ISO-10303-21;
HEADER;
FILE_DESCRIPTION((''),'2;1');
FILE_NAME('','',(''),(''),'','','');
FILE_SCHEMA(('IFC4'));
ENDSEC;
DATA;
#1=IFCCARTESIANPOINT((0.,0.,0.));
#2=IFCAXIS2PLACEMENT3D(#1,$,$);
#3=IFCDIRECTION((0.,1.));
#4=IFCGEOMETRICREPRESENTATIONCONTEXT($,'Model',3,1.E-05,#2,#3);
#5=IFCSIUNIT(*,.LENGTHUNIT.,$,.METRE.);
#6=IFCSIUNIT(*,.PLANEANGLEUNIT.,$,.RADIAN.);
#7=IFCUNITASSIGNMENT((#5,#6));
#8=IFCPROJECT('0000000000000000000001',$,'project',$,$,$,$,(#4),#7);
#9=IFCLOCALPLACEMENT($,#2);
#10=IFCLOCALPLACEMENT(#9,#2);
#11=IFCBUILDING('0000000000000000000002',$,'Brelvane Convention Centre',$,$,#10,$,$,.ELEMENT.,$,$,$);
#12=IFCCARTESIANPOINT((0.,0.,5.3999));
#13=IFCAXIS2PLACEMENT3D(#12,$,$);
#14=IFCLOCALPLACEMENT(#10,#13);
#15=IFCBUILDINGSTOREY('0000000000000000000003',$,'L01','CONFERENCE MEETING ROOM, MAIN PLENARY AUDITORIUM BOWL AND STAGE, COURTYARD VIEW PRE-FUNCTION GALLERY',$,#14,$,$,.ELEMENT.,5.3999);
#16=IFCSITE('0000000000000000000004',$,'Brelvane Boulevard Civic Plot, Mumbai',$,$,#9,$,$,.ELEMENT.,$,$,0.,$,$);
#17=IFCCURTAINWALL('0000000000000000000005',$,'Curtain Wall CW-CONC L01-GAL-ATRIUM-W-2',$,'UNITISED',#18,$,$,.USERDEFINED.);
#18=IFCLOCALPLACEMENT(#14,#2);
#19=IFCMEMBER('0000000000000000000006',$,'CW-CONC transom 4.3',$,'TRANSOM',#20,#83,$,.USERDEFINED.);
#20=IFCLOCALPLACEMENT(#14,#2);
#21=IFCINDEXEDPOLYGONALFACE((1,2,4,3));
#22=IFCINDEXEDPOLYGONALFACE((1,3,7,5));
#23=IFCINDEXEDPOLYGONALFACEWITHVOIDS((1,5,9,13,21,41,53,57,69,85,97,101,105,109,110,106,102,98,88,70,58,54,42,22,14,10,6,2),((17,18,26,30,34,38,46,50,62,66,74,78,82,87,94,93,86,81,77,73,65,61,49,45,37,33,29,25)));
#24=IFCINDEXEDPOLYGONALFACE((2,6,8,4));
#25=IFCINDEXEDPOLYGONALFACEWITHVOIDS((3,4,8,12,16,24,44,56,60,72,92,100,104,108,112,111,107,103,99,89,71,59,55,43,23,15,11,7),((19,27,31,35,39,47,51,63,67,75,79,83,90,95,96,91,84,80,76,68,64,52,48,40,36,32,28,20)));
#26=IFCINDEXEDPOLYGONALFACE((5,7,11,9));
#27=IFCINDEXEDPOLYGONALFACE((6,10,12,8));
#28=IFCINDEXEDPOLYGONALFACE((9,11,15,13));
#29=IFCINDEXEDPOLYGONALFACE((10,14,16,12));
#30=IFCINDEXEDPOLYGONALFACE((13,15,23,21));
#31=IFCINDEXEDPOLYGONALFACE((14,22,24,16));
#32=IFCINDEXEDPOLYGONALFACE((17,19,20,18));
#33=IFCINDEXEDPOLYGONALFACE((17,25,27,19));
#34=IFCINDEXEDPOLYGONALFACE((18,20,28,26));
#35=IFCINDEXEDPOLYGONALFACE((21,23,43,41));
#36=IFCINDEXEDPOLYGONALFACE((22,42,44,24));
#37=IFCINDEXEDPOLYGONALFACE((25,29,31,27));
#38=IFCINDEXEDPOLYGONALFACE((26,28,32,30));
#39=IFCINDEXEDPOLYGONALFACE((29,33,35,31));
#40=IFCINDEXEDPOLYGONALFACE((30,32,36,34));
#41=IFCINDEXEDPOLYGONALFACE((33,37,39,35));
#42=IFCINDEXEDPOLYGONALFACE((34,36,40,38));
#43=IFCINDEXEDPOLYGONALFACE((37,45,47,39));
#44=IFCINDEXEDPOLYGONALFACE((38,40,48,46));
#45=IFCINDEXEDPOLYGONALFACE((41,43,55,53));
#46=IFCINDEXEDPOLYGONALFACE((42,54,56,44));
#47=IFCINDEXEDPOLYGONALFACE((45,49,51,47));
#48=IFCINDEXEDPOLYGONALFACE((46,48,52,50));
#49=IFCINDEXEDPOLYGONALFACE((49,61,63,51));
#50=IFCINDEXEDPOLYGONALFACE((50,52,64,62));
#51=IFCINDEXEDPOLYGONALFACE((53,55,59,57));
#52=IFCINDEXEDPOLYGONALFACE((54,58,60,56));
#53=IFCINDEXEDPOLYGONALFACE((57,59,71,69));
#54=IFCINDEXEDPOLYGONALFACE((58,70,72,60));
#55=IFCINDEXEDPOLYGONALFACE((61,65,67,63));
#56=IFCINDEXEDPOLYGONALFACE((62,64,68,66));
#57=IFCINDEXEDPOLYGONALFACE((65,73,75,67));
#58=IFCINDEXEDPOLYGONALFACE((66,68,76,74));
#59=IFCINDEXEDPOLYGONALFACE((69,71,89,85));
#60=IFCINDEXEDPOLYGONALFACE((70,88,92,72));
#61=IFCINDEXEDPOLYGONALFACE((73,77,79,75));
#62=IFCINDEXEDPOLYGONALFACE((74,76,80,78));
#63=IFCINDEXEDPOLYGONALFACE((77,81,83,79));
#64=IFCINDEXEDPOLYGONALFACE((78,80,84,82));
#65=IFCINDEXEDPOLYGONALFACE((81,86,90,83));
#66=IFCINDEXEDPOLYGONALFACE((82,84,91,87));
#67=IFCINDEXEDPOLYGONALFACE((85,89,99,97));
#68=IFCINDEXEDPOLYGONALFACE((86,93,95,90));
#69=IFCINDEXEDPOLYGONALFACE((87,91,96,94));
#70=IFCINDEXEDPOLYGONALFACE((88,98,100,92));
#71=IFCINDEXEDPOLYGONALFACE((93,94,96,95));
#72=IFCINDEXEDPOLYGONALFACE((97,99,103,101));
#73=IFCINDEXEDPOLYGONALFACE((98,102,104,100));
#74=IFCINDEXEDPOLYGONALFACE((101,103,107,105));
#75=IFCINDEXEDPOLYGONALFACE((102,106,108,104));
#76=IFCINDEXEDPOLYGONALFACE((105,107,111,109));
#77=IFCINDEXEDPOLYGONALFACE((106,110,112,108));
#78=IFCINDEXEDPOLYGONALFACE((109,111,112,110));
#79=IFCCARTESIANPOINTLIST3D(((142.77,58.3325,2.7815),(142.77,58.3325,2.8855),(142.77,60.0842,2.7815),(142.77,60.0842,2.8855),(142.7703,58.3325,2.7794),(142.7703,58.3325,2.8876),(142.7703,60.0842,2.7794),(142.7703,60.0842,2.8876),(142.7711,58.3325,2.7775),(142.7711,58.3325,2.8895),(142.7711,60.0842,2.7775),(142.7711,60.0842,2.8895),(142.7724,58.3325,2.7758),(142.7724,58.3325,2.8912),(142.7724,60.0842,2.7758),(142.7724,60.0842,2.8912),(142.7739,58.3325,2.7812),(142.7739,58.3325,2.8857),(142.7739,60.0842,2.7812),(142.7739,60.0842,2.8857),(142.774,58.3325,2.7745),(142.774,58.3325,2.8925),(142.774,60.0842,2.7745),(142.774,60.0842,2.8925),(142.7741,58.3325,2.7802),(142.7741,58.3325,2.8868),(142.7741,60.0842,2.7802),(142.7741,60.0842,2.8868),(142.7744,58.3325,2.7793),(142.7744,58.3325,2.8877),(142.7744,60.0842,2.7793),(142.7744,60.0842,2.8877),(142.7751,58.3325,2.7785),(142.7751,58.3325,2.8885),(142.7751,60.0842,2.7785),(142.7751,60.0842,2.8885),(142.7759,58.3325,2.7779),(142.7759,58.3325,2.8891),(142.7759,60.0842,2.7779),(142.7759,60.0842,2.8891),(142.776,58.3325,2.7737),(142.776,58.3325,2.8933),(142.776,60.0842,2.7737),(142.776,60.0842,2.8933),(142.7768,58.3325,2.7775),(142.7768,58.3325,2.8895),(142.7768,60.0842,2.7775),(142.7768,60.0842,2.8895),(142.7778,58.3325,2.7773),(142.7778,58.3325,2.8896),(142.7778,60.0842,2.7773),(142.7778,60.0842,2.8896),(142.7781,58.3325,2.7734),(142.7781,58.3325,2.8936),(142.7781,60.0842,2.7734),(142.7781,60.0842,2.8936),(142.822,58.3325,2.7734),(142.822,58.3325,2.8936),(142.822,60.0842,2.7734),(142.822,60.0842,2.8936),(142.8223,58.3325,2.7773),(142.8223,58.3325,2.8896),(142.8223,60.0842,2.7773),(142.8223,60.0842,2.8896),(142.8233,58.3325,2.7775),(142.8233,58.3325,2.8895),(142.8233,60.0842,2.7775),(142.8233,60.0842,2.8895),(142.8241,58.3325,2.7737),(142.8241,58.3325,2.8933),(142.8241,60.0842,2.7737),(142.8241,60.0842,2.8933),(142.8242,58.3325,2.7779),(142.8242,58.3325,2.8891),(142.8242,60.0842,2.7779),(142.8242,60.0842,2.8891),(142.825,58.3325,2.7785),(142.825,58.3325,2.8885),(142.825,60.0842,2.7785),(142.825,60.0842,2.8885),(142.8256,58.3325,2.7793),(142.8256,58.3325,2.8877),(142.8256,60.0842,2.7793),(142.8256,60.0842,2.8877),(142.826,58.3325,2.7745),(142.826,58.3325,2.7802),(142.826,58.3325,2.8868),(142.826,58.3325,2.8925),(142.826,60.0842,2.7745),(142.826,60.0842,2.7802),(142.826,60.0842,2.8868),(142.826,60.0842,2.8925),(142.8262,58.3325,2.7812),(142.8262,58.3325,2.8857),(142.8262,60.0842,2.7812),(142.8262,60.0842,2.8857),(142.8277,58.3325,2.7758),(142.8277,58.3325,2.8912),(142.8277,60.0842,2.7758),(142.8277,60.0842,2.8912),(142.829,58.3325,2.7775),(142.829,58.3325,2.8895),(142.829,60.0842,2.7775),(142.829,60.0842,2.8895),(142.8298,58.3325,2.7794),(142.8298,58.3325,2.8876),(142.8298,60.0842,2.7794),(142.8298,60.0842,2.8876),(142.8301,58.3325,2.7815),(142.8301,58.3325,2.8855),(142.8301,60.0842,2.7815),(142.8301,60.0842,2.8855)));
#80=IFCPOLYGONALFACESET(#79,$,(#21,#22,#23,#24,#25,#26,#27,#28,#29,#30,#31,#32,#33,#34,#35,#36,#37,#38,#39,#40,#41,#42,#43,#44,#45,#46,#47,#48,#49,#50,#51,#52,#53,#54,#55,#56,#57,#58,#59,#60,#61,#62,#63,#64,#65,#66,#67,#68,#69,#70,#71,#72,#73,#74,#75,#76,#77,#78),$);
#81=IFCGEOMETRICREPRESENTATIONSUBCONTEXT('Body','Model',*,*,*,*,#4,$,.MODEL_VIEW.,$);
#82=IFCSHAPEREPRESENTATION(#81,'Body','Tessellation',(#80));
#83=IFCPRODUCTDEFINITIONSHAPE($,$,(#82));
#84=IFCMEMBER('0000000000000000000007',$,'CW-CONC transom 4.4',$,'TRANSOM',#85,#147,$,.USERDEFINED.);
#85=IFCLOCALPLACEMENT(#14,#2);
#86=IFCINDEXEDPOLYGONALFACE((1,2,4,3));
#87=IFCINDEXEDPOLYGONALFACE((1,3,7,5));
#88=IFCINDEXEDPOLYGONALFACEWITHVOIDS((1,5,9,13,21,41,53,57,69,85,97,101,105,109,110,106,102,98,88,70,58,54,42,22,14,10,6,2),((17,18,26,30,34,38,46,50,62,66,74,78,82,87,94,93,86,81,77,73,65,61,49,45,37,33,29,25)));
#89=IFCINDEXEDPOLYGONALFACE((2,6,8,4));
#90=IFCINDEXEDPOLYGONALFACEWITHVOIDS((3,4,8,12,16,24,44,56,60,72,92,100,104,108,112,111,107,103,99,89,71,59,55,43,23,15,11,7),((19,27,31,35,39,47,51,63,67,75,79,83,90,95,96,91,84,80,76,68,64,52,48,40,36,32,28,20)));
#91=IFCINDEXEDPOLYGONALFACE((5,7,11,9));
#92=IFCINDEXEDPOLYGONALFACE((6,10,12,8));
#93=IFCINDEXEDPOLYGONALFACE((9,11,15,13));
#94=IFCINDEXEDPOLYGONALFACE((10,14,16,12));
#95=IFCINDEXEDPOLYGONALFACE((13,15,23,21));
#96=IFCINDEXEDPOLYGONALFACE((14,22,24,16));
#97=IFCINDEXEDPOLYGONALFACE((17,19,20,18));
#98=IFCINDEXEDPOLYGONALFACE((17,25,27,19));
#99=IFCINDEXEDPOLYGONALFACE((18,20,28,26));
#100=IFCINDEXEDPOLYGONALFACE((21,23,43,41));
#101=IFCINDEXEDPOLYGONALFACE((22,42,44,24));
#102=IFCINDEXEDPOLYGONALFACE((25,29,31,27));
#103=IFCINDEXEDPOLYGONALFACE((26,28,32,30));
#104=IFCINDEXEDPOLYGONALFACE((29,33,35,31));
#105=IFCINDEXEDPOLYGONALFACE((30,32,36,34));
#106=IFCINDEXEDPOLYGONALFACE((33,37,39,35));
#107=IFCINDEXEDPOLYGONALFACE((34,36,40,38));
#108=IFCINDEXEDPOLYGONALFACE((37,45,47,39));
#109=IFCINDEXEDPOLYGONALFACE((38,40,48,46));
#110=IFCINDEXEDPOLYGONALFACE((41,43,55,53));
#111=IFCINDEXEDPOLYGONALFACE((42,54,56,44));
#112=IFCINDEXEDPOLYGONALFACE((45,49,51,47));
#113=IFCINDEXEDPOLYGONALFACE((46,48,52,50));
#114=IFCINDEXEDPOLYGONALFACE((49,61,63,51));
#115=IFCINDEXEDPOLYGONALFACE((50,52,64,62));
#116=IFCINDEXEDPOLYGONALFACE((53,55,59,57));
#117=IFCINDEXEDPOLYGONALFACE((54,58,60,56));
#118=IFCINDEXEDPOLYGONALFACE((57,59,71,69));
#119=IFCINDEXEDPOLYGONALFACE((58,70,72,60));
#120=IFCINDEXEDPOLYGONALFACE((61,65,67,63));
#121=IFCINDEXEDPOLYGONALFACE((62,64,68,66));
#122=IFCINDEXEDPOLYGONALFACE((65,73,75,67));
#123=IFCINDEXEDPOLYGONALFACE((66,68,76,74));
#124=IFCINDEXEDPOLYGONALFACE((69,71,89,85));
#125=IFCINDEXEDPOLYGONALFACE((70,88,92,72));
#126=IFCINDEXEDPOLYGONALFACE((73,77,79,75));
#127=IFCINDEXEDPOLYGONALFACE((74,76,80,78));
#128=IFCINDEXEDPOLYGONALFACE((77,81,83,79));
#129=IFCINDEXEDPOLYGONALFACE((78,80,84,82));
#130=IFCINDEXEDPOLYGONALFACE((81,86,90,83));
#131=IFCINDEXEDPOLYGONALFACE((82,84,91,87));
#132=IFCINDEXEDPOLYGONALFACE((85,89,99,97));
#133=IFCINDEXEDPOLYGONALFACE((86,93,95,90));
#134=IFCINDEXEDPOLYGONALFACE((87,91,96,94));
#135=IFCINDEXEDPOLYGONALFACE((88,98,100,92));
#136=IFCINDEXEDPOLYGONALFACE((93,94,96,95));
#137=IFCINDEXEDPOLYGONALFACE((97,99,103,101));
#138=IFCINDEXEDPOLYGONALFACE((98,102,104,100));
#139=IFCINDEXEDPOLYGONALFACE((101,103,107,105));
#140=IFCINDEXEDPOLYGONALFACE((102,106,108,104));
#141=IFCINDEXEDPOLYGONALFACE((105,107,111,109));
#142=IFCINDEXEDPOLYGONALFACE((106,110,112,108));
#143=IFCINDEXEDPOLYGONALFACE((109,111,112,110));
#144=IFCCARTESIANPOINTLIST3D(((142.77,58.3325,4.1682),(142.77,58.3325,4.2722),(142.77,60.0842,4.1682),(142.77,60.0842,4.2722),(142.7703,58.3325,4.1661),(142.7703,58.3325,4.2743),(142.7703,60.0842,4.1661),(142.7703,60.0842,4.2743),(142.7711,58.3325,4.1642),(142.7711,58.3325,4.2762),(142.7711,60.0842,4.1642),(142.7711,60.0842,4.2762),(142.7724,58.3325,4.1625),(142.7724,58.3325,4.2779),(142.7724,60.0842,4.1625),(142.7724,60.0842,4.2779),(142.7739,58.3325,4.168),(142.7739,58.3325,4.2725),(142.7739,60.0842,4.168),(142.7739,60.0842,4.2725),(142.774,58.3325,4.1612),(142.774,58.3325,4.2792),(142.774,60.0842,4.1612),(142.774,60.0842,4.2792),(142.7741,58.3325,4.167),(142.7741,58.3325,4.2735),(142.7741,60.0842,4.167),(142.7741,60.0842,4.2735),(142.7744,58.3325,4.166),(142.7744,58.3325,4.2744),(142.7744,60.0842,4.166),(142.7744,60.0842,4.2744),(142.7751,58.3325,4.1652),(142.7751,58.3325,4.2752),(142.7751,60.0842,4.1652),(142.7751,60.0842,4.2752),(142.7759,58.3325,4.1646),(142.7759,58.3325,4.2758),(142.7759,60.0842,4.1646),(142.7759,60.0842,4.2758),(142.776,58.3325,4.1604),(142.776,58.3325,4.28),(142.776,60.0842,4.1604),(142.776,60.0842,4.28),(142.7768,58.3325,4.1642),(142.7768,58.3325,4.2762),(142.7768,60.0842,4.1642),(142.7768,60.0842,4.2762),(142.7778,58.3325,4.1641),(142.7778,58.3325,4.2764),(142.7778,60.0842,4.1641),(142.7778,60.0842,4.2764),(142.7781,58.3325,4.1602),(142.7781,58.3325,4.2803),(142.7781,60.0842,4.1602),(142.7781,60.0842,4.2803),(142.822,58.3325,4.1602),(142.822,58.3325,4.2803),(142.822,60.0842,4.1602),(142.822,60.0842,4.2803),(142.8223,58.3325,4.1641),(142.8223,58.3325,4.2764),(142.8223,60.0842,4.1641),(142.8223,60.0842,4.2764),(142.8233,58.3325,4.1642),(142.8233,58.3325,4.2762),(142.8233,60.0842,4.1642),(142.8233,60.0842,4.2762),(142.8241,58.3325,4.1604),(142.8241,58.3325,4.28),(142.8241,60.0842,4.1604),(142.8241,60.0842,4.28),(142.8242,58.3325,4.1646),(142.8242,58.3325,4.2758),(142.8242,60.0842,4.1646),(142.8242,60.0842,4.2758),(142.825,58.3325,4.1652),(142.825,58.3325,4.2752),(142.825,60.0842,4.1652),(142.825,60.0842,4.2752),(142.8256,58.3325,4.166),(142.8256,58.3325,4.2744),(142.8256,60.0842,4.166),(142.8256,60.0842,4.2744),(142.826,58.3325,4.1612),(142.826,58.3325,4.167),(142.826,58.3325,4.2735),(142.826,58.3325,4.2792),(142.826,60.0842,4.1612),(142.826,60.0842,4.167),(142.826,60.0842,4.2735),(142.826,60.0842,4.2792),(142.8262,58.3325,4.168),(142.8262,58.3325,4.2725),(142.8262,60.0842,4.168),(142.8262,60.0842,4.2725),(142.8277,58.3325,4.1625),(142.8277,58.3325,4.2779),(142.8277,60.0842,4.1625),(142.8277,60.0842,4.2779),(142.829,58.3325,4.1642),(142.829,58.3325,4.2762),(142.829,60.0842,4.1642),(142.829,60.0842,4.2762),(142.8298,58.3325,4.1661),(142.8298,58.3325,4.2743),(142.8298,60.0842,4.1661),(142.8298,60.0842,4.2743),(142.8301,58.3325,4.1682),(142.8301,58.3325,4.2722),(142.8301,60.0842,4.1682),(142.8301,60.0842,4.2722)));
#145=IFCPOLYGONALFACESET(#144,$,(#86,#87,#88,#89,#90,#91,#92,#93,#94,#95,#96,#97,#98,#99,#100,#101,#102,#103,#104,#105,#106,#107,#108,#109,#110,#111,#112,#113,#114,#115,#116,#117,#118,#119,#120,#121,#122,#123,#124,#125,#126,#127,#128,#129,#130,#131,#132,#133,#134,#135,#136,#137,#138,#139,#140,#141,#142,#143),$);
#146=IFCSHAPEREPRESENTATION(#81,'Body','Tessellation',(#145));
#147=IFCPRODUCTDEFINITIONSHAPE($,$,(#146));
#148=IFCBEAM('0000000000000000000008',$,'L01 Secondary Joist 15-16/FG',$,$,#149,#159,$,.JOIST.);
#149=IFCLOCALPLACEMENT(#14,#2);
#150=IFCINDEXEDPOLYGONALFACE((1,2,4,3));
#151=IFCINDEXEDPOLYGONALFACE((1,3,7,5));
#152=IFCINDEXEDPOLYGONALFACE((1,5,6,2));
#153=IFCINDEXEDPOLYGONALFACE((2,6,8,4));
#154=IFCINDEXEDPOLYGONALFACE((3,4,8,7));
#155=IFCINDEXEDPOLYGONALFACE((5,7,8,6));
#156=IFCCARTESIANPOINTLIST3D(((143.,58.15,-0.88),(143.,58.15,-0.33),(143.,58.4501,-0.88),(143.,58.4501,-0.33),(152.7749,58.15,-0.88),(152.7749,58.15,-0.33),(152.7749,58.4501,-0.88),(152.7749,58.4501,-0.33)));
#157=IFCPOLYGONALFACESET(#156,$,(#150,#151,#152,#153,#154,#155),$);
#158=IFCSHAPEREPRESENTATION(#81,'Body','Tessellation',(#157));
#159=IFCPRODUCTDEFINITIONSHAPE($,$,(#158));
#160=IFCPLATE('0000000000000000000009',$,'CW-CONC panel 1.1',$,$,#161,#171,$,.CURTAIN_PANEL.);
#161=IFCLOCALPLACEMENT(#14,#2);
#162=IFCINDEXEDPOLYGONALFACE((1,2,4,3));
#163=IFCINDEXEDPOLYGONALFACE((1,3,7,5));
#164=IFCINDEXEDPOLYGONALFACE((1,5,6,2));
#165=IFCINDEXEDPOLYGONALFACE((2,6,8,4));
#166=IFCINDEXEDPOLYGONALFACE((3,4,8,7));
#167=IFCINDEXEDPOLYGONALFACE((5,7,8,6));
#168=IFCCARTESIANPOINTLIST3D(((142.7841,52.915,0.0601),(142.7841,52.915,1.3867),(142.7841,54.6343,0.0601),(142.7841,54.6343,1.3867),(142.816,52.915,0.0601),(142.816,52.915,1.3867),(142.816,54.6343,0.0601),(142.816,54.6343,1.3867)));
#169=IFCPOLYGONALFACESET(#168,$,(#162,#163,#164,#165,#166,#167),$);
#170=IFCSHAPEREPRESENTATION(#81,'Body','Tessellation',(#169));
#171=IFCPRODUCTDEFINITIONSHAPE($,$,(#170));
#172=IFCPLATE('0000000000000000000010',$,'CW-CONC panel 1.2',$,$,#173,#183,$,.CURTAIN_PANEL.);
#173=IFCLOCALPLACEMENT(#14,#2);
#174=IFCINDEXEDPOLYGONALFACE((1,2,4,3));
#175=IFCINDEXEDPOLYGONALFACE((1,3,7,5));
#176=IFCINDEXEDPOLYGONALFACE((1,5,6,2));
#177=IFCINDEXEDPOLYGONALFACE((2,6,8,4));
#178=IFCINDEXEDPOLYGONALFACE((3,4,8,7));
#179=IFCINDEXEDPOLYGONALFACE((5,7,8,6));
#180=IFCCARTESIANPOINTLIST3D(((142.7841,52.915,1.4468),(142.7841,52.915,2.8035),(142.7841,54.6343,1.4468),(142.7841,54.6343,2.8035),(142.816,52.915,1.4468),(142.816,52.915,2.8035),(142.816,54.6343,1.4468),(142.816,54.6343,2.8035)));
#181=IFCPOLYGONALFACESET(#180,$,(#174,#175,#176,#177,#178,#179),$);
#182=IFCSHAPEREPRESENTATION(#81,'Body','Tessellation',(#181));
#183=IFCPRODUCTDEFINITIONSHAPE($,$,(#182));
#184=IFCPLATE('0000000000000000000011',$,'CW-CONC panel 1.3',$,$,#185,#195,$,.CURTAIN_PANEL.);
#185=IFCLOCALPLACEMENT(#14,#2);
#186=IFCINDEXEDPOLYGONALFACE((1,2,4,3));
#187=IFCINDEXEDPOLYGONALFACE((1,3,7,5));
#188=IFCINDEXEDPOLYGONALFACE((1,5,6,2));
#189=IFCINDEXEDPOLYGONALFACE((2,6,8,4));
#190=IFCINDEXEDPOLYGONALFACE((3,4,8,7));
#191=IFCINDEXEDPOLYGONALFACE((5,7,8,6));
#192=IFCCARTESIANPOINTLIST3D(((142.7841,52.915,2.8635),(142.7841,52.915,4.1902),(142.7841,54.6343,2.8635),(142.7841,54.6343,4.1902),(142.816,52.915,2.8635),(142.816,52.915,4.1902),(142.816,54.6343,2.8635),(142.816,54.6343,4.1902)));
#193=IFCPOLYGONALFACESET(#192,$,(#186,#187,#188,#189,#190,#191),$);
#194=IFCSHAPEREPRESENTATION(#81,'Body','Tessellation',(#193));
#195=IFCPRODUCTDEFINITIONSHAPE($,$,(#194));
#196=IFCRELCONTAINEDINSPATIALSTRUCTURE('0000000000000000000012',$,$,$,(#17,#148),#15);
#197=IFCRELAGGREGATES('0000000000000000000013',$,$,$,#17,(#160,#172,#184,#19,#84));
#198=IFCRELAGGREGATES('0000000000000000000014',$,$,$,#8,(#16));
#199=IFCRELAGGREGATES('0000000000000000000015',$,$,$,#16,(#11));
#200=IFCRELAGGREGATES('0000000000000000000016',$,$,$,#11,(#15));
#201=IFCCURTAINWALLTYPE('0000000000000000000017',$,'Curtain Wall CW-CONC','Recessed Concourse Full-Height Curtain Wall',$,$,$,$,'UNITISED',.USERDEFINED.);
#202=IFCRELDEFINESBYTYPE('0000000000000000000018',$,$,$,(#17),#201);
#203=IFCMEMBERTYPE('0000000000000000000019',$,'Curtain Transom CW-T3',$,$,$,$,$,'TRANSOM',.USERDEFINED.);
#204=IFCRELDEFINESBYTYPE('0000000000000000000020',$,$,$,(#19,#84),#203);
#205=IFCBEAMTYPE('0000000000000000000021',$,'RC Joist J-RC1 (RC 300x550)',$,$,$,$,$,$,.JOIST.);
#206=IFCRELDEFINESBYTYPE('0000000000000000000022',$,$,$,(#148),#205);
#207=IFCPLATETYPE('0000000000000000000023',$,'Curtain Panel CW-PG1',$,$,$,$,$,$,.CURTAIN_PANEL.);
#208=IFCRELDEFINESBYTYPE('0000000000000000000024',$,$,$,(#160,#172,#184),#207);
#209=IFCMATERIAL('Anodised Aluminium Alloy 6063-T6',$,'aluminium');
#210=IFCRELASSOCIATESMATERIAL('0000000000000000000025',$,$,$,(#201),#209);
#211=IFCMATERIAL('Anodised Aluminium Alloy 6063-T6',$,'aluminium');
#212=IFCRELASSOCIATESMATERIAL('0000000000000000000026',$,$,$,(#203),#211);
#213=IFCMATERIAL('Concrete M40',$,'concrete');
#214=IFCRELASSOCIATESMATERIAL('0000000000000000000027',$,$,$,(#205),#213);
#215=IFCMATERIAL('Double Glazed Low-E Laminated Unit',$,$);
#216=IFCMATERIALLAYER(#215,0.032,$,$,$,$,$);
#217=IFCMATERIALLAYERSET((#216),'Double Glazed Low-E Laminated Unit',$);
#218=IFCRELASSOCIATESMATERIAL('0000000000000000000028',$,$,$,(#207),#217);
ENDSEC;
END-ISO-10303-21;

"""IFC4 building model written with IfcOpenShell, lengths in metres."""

from ifc_helpers import new_model, si_unit, direction, frame, origin, origin_2d, place, context, subcontext, project, spatial, rectangle, hollow_rectangle, extrude, material, layer, layer_set, material_profile, profile_set, type_object, element, aggregate, save


model = new_model("IFC4")

# Units and contexts
model_context = context("Model", 3, precision=1e-05, world=origin(), true_north=direction((0.0, 1.0)))
body_context = subcontext(model_context, "Body", "Model", "MODEL_VIEW")
ifc_project = project(units=[si_unit("LENGTHUNIT", "METRE"), si_unit("PLANEANGLEUNIT", "RADIAN")], contexts=[model_context])

# Site, building, storey
site_placement = place(None, origin())
site = spatial("IfcSite", under=ifc_project, at=site_placement, Name="Brelvane Boulevard Civic Plot, Mumbai", CompositionType="ELEMENT", RefElevation=0.0)
building_placement = place(site_placement, origin())
building = spatial("IfcBuilding", under=site, at=building_placement, Name="Brelvane Convention Centre", CompositionType="ELEMENT")
storey_placement = place(building_placement, frame((0.0, 0.0, 5.3999)))
storey = spatial("IfcBuildingStorey", under=building, at=storey_placement, Name="L01", Description="CONFERENCE MEETING ROOM, MAIN PLENARY AUDITORIUM BOWL AND STAGE, COURTYARD VIEW PRE-FUNCTION GALLERY", CompositionType="ELEMENT", Elevation=5.3999)

# Curtain wall, members
ifc_material_1 = material(Name="Anodised Aluminium Alloy 6063-T6", Category="aluminium")
curtain_wall_type = type_object("IfcCurtainWallType", Name="Curtain Wall CW-CONC", Description="Recessed Concourse Full-Height Curtain Wall", ElementType="UNITISED", PredefinedType="USERDEFINED", material=ifc_material_1)
curtain_wall_placement = place(storey_placement, origin())
curtain_wall = element("IfcCurtainWall", 1, at=curtain_wall_placement, inside=storey, type_object=curtain_wall_type, Name="Curtain Wall CW-CONC L01-GAL-ATRIUM-W-2", ObjectType="UNITISED", PredefinedType="USERDEFINED")
ifc_material_2 = material(Name="Anodised Aluminium Alloy 6063-T6", Category="aluminium")
ifc_material_profile_1 = material_profile(ifc_material_2, hollow_rectangle(XDim=0.0601, YDim=0.1201, WallThickness=0.0039, InnerFilletRadius=0.0039, OuterFilletRadius=0.0081, at=origin_2d()), Name="ALU-T 120x60x4.0")
ifc_profile_set_1 = profile_set([ifc_material_profile_1], Name="Anodised Aluminium Alloy 6063-T6")
member_type_1 = type_object("IfcMemberType", Name="Curtain Transom CW-T3", ElementType="TRANSOM", PredefinedType="USERDEFINED", material=ifc_profile_set_1)
member_1_placement = place(storey_placement, frame((142.8, 58.3325, 2.8335), z_axis=(0.0, 1.0, 0.0), x_axis=(-1.0, 0.0, 0.0)))
member_1 = element("IfcMember", 2, at=member_1_placement, type_object=member_type_1, Name="CW-CONC transom 4.3", ObjectType="TRANSOM", PredefinedType="USERDEFINED", context=body_context, shape_type="SweptSolid", body=[
    extrude(hollow_rectangle(XDim=0.0601, YDim=0.1201, WallThickness=0.0039, InnerFilletRadius=0.0039, OuterFilletRadius=0.0081, at=origin_2d()), origin(), (0.0, 0.0, 1.0), 1.7517),
])
member_2_placement = place(storey_placement, frame((142.8, 58.3325, 4.2202), z_axis=(0.0, 1.0, 0.0), x_axis=(-1.0, 0.0, 0.0)))
member_2 = element("IfcMember", 3, at=member_2_placement, type_object=member_type_1, Name="CW-CONC transom 4.4", ObjectType="TRANSOM", PredefinedType="USERDEFINED", context=body_context, shape_type="SweptSolid", body=[
    extrude(hollow_rectangle(XDim=0.0601, YDim=0.1201, WallThickness=0.0039, InnerFilletRadius=0.0039, OuterFilletRadius=0.0081, at=origin_2d()), origin(), (0.0, 0.0, 1.0), 1.7517),
])

# Beam
ifc_material_3 = material(Name="Concrete M40", Category="concrete")
ifc_material_profile_2 = material_profile(ifc_material_3, rectangle(XDim=0.3, YDim=0.55, at=origin_2d()), Name="RC 300x550")
ifc_profile_set_2 = profile_set([ifc_material_profile_2], Name="Concrete M40")
beam_type = type_object("IfcBeamType", Name="RC Joist J-RC1 (RC 300x550)", PredefinedType="JOIST", material=ifc_profile_set_2)
beam_placement = place(storey_placement, frame((143.0, 58.3, -0.605), z_axis=(1.0, 0.0, 0.0), x_axis=(0.0, 1.0, 0.0)))
element("IfcBeam", 4, at=beam_placement, inside=storey, type_object=beam_type, Name="L01 Secondary Joist 15-16/FG", PredefinedType="JOIST", context=body_context, shape_type="SweptSolid", body=[
    extrude(rectangle(XDim=0.3, YDim=0.55, at=origin_2d()), origin(), (0.0, 0.0, 1.0), 9.7749),
])

# Plates
ifc_material_4 = material(Name="Double Glazed Low-E Laminated Unit")
ifc_layer = layer(ifc_material_4, 0.032)
ifc_layer_set = layer_set([ifc_layer], Name="Double Glazed Low-E Laminated Unit")
plate_type = type_object("IfcPlateType", Name="Curtain Panel CW-PG1", PredefinedType="CURTAIN_PANEL", material=ifc_layer_set)
plate_1_placement = place(storey_placement, frame((142.8, 53.7747, 0.0601), z_axis=(0.0, 0.0, 1.0), x_axis=(0.0, 1.0, 0.0)))
plate_1 = element("IfcPlate", 5, at=plate_1_placement, type_object=plate_type, Name="CW-CONC panel 1.1", PredefinedType="CURTAIN_PANEL", context=body_context, shape_type="SweptSolid", body=[
    extrude(rectangle(XDim=1.7192, YDim=0.032, at=origin_2d()), origin(), (0.0, 0.0, 1.0), 1.3267),
])
plate_2_placement = place(storey_placement, frame((142.8, 53.7747, 1.4468), z_axis=(0.0, 0.0, 1.0), x_axis=(0.0, 1.0, 0.0)))
plate_2 = element("IfcPlate", 6, at=plate_2_placement, type_object=plate_type, Name="CW-CONC panel 1.2", PredefinedType="CURTAIN_PANEL", context=body_context, shape_type="SweptSolid", body=[
    extrude(rectangle(XDim=1.7192, YDim=0.032, at=origin_2d()), origin(), (0.0, 0.0, 1.0), 1.3567),
])
plate_3_placement = place(storey_placement, frame((142.8, 53.7747, 2.8635), z_axis=(0.0, 0.0, 1.0), x_axis=(0.0, 1.0, 0.0)))
plate_3 = element("IfcPlate", 7, at=plate_3_placement, type_object=plate_type, Name="CW-CONC panel 1.3", PredefinedType="CURTAIN_PANEL", context=body_context, shape_type="SweptSolid", body=[
    extrude(rectangle(XDim=1.7192, YDim=0.032, at=origin_2d()), origin(), (0.0, 0.0, 1.0), 1.3267),
])
aggregate(curtain_wall, [plate_1, plate_2, plate_3, member_1, member_2])

save(model, "model.ifc")
